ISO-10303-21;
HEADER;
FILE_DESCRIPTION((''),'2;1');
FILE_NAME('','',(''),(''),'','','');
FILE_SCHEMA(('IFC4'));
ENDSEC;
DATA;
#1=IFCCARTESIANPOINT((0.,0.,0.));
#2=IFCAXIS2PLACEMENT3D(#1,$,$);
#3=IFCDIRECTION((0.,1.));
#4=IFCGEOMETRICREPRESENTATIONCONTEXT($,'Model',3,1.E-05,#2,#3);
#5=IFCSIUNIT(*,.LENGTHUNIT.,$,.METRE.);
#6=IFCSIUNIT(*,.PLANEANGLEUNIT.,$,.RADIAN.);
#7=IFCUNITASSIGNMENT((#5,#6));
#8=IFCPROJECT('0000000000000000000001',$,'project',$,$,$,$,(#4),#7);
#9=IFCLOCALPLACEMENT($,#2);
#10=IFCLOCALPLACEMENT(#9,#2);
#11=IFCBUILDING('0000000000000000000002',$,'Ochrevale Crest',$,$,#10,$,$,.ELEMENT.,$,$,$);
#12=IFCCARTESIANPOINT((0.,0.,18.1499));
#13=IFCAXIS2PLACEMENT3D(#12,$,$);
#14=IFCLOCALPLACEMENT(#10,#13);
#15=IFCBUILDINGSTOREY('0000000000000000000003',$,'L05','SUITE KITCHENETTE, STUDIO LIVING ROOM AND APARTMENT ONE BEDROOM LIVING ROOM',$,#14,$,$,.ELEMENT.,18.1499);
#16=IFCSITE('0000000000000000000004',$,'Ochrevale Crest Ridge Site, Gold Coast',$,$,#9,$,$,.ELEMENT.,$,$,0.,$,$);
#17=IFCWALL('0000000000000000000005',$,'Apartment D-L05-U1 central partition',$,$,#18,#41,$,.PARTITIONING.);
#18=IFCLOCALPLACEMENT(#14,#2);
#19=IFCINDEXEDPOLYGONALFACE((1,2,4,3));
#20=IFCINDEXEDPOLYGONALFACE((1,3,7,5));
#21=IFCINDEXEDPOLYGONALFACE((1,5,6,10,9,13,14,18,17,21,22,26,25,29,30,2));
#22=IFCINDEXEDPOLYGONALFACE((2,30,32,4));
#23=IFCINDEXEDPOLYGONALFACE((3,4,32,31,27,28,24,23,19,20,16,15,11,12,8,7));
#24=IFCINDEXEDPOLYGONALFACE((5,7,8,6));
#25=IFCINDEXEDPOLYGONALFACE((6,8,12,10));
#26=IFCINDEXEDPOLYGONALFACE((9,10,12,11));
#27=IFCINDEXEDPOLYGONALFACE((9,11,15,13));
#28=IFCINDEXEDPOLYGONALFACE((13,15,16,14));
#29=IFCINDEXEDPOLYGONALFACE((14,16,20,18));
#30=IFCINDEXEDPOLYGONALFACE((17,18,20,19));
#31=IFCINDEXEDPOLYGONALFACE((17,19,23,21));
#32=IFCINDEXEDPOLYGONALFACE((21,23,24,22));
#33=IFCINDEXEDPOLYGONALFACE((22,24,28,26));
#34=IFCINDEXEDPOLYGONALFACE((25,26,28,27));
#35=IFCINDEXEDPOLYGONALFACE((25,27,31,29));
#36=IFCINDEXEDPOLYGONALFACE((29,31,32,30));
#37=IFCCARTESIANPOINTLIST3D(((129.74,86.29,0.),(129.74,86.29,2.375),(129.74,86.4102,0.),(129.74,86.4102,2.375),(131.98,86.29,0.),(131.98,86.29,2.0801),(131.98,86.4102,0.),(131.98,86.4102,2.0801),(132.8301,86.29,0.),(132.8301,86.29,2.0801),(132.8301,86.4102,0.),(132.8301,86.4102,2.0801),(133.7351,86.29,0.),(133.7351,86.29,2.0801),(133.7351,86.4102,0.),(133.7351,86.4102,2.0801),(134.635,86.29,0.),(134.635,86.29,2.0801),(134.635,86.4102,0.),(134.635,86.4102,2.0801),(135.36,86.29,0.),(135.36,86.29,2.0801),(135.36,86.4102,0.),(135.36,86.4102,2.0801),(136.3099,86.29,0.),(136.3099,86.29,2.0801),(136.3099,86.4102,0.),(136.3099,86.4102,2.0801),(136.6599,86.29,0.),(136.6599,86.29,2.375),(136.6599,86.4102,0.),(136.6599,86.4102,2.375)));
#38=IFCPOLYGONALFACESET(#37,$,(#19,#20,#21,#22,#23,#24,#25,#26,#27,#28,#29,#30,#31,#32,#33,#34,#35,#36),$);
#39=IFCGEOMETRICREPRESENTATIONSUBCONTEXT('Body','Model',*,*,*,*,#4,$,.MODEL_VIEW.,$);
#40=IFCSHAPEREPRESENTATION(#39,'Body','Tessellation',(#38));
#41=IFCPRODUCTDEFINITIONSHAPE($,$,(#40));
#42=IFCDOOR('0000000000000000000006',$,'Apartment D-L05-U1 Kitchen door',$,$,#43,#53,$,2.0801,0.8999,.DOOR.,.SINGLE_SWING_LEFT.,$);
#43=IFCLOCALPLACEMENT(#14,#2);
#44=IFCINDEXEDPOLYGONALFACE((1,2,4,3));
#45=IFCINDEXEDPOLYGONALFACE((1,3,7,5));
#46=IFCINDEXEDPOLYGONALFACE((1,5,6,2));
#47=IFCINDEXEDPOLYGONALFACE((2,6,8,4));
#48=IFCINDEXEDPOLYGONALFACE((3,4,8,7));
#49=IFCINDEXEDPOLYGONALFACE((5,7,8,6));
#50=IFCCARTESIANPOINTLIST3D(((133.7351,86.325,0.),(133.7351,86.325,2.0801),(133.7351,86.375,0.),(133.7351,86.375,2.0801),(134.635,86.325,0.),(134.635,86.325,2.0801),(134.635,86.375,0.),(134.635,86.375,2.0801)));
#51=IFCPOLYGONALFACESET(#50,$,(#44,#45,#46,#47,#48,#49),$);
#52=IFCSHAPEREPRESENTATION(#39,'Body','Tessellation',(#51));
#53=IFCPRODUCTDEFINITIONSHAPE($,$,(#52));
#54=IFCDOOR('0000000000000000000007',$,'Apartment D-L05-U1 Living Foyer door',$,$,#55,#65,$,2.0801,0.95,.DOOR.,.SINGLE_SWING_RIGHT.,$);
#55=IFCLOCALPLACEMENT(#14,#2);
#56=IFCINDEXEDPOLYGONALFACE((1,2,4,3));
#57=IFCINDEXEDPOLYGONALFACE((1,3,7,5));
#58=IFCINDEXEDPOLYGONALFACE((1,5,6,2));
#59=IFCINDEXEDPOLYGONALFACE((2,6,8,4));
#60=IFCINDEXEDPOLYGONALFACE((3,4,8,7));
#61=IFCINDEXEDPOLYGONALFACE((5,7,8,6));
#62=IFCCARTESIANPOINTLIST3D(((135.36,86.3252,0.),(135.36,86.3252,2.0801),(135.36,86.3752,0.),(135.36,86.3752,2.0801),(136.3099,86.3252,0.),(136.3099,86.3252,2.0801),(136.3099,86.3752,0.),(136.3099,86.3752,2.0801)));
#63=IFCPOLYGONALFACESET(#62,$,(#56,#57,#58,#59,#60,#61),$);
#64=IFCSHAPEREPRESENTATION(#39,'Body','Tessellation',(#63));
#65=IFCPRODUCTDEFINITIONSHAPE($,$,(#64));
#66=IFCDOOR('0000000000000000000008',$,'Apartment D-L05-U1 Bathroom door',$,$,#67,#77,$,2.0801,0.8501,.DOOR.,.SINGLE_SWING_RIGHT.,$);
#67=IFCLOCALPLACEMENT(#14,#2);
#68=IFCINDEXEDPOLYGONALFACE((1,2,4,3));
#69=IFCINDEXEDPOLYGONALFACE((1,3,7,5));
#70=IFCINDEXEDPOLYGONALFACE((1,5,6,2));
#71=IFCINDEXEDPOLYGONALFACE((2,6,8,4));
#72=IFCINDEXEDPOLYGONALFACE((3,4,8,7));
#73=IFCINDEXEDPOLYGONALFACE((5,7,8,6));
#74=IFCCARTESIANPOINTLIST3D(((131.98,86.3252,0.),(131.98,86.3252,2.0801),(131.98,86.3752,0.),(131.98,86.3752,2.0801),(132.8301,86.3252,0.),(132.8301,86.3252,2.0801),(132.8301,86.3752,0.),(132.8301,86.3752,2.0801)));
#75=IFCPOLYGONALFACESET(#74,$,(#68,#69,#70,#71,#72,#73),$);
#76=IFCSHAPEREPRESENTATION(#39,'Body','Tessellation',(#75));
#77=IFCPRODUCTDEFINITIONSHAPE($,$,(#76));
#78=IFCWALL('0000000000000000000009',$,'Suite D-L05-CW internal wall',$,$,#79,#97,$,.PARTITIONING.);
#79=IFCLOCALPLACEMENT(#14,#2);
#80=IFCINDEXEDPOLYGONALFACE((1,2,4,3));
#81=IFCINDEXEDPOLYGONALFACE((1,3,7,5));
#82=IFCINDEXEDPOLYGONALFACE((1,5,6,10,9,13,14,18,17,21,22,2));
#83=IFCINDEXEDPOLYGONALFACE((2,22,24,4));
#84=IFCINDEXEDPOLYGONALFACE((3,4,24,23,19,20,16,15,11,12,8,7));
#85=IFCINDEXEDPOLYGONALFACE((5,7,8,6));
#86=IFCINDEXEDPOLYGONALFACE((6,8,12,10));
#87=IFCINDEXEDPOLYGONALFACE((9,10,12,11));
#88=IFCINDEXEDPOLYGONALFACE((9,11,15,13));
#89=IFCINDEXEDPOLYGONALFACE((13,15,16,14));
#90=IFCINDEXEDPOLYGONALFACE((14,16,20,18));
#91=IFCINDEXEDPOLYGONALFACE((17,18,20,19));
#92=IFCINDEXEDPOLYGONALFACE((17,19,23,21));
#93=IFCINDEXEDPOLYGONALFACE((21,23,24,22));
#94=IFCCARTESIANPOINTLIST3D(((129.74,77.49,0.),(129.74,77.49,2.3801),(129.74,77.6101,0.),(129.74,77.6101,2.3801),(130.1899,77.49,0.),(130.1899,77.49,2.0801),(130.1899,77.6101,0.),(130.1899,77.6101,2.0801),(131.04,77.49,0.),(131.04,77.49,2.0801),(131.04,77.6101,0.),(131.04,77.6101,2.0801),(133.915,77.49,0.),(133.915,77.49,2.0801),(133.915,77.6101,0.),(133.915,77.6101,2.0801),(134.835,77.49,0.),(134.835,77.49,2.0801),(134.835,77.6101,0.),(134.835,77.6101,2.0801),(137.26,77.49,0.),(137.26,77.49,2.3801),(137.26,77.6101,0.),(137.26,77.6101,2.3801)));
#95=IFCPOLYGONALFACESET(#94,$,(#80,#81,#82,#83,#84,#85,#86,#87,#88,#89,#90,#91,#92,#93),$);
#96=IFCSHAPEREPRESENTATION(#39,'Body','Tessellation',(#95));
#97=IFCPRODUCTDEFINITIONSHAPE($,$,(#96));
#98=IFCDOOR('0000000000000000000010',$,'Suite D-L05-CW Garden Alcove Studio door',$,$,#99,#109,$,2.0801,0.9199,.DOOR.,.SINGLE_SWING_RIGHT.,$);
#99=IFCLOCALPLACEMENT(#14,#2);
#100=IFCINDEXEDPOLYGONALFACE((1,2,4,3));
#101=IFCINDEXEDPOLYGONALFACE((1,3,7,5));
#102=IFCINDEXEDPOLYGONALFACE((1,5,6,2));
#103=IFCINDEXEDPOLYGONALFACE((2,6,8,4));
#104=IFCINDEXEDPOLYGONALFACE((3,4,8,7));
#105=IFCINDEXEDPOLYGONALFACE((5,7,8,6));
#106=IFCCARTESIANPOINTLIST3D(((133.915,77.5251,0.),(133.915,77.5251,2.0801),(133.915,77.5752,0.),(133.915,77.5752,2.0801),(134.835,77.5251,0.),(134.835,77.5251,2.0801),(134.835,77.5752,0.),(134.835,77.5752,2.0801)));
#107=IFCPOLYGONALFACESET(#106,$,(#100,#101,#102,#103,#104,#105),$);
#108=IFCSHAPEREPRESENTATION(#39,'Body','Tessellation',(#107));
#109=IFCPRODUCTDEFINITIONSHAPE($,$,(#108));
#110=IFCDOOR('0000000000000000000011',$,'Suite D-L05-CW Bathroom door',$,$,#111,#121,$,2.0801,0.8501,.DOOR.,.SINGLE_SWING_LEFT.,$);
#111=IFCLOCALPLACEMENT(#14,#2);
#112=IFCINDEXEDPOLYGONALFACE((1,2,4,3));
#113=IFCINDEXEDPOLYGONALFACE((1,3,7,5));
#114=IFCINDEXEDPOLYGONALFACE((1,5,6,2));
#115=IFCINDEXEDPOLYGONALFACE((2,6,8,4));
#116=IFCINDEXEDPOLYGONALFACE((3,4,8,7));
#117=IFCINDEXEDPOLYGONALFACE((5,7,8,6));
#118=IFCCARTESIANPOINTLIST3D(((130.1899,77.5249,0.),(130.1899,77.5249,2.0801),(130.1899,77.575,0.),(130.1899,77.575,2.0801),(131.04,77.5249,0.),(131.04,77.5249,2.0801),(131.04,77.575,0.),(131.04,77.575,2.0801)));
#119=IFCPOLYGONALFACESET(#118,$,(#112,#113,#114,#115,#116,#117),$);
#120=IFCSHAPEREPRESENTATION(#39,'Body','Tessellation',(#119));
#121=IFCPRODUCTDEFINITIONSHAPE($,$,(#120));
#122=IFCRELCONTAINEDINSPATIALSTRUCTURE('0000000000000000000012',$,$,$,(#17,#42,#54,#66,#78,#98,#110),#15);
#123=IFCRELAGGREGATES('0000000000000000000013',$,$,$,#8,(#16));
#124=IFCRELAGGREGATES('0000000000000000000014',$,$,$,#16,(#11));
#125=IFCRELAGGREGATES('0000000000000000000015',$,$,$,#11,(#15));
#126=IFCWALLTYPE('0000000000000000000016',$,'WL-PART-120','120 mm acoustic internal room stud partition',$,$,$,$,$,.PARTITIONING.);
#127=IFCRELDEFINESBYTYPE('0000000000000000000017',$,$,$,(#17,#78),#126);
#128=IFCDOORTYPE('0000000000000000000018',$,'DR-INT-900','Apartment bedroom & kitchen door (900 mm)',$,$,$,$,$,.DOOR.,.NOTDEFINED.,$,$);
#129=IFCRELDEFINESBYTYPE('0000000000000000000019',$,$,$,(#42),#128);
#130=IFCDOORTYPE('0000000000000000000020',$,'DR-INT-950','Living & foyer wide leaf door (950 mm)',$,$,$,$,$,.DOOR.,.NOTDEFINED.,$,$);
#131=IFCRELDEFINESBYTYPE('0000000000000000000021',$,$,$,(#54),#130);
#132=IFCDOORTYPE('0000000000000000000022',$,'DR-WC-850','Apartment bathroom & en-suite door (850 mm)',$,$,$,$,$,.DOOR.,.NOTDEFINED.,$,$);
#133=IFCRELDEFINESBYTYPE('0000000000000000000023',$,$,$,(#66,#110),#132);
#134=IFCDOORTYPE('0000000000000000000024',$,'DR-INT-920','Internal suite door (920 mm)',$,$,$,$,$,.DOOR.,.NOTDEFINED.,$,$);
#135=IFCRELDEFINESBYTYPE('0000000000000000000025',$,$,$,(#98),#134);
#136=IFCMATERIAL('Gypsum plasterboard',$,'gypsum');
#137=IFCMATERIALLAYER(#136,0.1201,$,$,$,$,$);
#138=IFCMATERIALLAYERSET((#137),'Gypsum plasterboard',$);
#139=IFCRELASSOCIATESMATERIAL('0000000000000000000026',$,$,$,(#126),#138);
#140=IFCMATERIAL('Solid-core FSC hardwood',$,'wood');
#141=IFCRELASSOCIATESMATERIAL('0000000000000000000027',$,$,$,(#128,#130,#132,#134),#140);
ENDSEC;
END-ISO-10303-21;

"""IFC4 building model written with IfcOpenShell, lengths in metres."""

from ifc_helpers import new_model, si_unit, direction, frame, frame_2d, origin, place, context, subcontext, project, spatial, rectangle, extrude, material, layer, layer_set, type_object, element, fill, save


model = new_model("IFC4")

# Units and contexts
model_context = context("Model", 3, precision=1e-05, world=origin(), true_north=direction((0.0, 1.0)))
body_context = subcontext(model_context, "Body", "Model", "MODEL_VIEW")
ifc_project = project(units=[si_unit("LENGTHUNIT", "METRE"), si_unit("PLANEANGLEUNIT", "RADIAN")], contexts=[model_context])

# Site, building, storey
site_placement = place(None, origin())
site = spatial("IfcSite", under=ifc_project, at=site_placement, Name="Ochrevale Crest Ridge Site, Gold Coast", CompositionType="ELEMENT", RefElevation=0.0)
building_placement = place(site_placement, origin())
building = spatial("IfcBuilding", under=site, at=building_placement, Name="Ochrevale Crest", CompositionType="ELEMENT")
storey_placement = place(building_placement, frame((0.0, 0.0, 18.1499)))
storey = spatial("IfcBuildingStorey", under=building, at=storey_placement, Name="L05", Description="SUITE KITCHENETTE, STUDIO LIVING ROOM AND APARTMENT ONE BEDROOM LIVING ROOM", CompositionType="ELEMENT", Elevation=18.1499)

# Shared definitions
ifc_material_1 = material(Name="Gypsum plasterboard", Category="gypsum")
ifc_material_2 = material(Name="Solid-core FSC hardwood", Category="wood")

# Walls, openings, doors
ifc_layer_1 = layer(ifc_material_1, 0.1201)
ifc_layer_set_1 = layer_set([ifc_layer_1], Name="Gypsum plasterboard")
wall_type_1 = type_object("IfcWallType", Name="WL-PART-120", Description="120 mm acoustic internal room stud partition", PredefinedType="PARTITIONING", material=ifc_layer_set_1)
wall_1_placement = place(storey_placement, frame((129.74, 86.3501, 0.0), z_axis=(0.0, 0.0, 1.0), x_axis=(1.0, 0.0, 0.0)))
wall_1 = element("IfcWall", 1, at=wall_1_placement, inside=storey, type_object=wall_type_1, Name="Apartment D-L05-U1 central partition", PredefinedType="PARTITIONING", context=body_context, shape_type="SweptSolid", body=[
    extrude(rectangle(XDim=6.9199, YDim=0.1201, at=frame_2d((3.46, 0.0))), origin(), (0.0, 0.0, 1.0), 2.375),
])
opening_1_placement = place(wall_1_placement, frame((3.0901, 0.0, 0.0), z_axis=(0.0, 0.0, 1.0), x_axis=(-1.0, 0.0, 0.0)))
opening_1 = element("IfcOpeningElement", 2, at=opening_1_placement, cuts=wall_1, PredefinedType="OPENING", context=body_context, shape_type="SweptSolid", body=[
    extrude(rectangle(XDim=0.8501, YDim=2.0801, at=frame_2d((0.425, 1.04))), frame((0.0, 0.0701, 0.0), z_axis=(0.0, -1.0, 0.0), x_axis=(1.0, 0.0, 0.0)), (0.0, 0.0, 1.0), 0.1401),
])
opening_2_placement = place(wall_1_placement, frame((3.9951, 0.0, 0.0)))
opening_2 = element("IfcOpeningElement", 3, at=opening_2_placement, cuts=wall_1, PredefinedType="OPENING", context=body_context, shape_type="SweptSolid", body=[
    extrude(rectangle(XDim=0.8999, YDim=2.0801, at=frame_2d((0.45, 1.04))), frame((0.0, 0.0701, 0.0), z_axis=(0.0, -1.0, 0.0), x_axis=(1.0, 0.0, 0.0)), (0.0, 0.0, 1.0), 0.1401),
])
opening_3_placement = place(wall_1_placement, frame((6.5701, 0.0, 0.0), z_axis=(0.0, 0.0, 1.0), x_axis=(-1.0, 0.0, 0.0)))
opening_3 = element("IfcOpeningElement", 4, at=opening_3_placement, cuts=wall_1, PredefinedType="OPENING", context=body_context, shape_type="SweptSolid", body=[
    extrude(rectangle(XDim=0.95, YDim=2.0801, at=frame_2d((0.4751, 1.04))), frame((0.0, 0.0701, 0.0), z_axis=(0.0, -1.0, 0.0), x_axis=(1.0, 0.0, 0.0)), (0.0, 0.0, 1.0), 0.1401),
])
door_type_1 = type_object("IfcDoorType", Name="DR-INT-900", Description="Apartment bedroom & kitchen door (900 mm)", OperationType="NOTDEFINED", PredefinedType="DOOR", material=ifc_material_2)
door_1_placement = place(opening_2_placement, origin())
door_1 = element("IfcDoor", 5, at=door_1_placement, inside=storey, type_object=door_type_1, Name="Apartment D-L05-U1 Kitchen door", OperationType="SINGLE_SWING_LEFT", OverallHeight=2.0801, OverallWidth=0.8999, PredefinedType="DOOR", context=body_context, shape_type="SweptSolid", body=[
    extrude(rectangle(XDim=0.8999, YDim=2.0801, at=frame_2d((0.45, 1.04))), frame((0.0, 0.0249, 0.0), z_axis=(0.0, -1.0, 0.0), x_axis=(1.0, 0.0, 0.0)), (0.0, 0.0, 1.0), 0.05),
])
fill(opening_2, door_1)
door_type_2 = type_object("IfcDoorType", Name="DR-INT-950", Description="Living & foyer wide leaf door (950 mm)", OperationType="NOTDEFINED", PredefinedType="DOOR", material=ifc_material_2)
door_2_placement = place(opening_3_placement, origin())
door_2 = element("IfcDoor", 6, at=door_2_placement, inside=storey, type_object=door_type_2, Name="Apartment D-L05-U1 Living Foyer door", OperationType="SINGLE_SWING_RIGHT", OverallHeight=2.0801, OverallWidth=0.95, PredefinedType="DOOR", context=body_context, shape_type="SweptSolid", body=[
    extrude(rectangle(XDim=0.95, YDim=2.0801, at=frame_2d((0.4751, 1.04))), frame((0.0, 0.0249, 0.0), z_axis=(0.0, -1.0, 0.0), x_axis=(1.0, 0.0, 0.0)), (0.0, 0.0, 1.0), 0.05),
])
fill(opening_3, door_2)
door_type_3 = type_object("IfcDoorType", Name="DR-WC-850", Description="Apartment bathroom & en-suite door (850 mm)", OperationType="NOTDEFINED", PredefinedType="DOOR", material=ifc_material_2)
door_3_placement = place(opening_1_placement, origin())
door_3 = element("IfcDoor", 7, at=door_3_placement, inside=storey, type_object=door_type_3, Name="Apartment D-L05-U1 Bathroom door", OperationType="SINGLE_SWING_RIGHT", OverallHeight=2.0801, OverallWidth=0.8501, PredefinedType="DOOR", context=body_context, shape_type="SweptSolid", body=[
    extrude(rectangle(XDim=0.8501, YDim=2.0801, at=frame_2d((0.425, 1.04))), frame((0.0, 0.0249, 0.0), z_axis=(0.0, -1.0, 0.0), x_axis=(1.0, 0.0, 0.0)), (0.0, 0.0, 1.0), 0.05),
])
fill(opening_1, door_3)
wall_2_placement = place(storey_placement, frame((129.74, 77.55, 0.0), z_axis=(0.0, 0.0, 1.0), x_axis=(1.0, 0.0, 0.0)))
wall_2 = element("IfcWall", 8, at=wall_2_placement, inside=storey, type_object=wall_type_1, Name="Suite D-L05-CW internal wall", PredefinedType="PARTITIONING", context=body_context, shape_type="SweptSolid", body=[
    extrude(rectangle(XDim=7.52, YDim=0.1201, at=frame_2d((3.76, 0.0))), origin(), (0.0, 0.0, 1.0), 2.3801),
])
opening_4_placement = place(wall_2_placement, frame((0.45, 0.0, 0.0)))
opening_4 = element("IfcOpeningElement", 9, at=opening_4_placement, cuts=wall_2, PredefinedType="OPENING", context=body_context, shape_type="SweptSolid", body=[
    extrude(rectangle(XDim=0.8501, YDim=2.0801, at=frame_2d((0.425, 1.04))), frame((0.0, 0.0701, 0.0), z_axis=(0.0, -1.0, 0.0), x_axis=(1.0, 0.0, 0.0)), (0.0, 0.0, 1.0), 0.1401),
])
opening_5_placement = place(wall_2_placement, frame((5.095, 0.0, 0.0), z_axis=(0.0, 0.0, 1.0), x_axis=(-1.0, 0.0, 0.0)))
opening_5 = element("IfcOpeningElement", 10, at=opening_5_placement, cuts=wall_2, PredefinedType="OPENING", context=body_context, shape_type="SweptSolid", body=[
    extrude(rectangle(XDim=0.9199, YDim=2.0801, at=frame_2d((0.46, 1.04))), frame((0.0, 0.0701, 0.0), z_axis=(0.0, -1.0, 0.0), x_axis=(1.0, 0.0, 0.0)), (0.0, 0.0, 1.0), 0.1401),
])
door_type_4 = type_object("IfcDoorType", Name="DR-INT-920", Description="Internal suite door (920 mm)", OperationType="NOTDEFINED", PredefinedType="DOOR", material=ifc_material_2)
door_4_placement = place(opening_5_placement, origin())
door_4 = element("IfcDoor", 11, at=door_4_placement, inside=storey, type_object=door_type_4, Name="Suite D-L05-CW Garden Alcove Studio door", OperationType="SINGLE_SWING_RIGHT", OverallHeight=2.0801, OverallWidth=0.9199, PredefinedType="DOOR", context=body_context, shape_type="SweptSolid", body=[
    extrude(rectangle(XDim=0.9199, YDim=2.0801, at=frame_2d((0.46, 1.04))), frame((0.0, 0.0249, 0.0), z_axis=(0.0, -1.0, 0.0), x_axis=(1.0, 0.0, 0.0)), (0.0, 0.0, 1.0), 0.05),
])
fill(opening_5, door_4)
door_5_placement = place(opening_4_placement, origin())
door_5 = element("IfcDoor", 12, at=door_5_placement, inside=storey, type_object=door_type_3, Name="Suite D-L05-CW Bathroom door", OperationType="SINGLE_SWING_LEFT", OverallHeight=2.0801, OverallWidth=0.8501, PredefinedType="DOOR", context=body_context, shape_type="SweptSolid", body=[
    extrude(rectangle(XDim=0.8501, YDim=2.0801, at=frame_2d((0.425, 1.04))), frame((0.0, 0.0249, 0.0), z_axis=(0.0, -1.0, 0.0), x_axis=(1.0, 0.0, 0.0)), (0.0, 0.0, 1.0), 0.05),
])
fill(opening_4, door_5)

save(model, "model.ifc")
